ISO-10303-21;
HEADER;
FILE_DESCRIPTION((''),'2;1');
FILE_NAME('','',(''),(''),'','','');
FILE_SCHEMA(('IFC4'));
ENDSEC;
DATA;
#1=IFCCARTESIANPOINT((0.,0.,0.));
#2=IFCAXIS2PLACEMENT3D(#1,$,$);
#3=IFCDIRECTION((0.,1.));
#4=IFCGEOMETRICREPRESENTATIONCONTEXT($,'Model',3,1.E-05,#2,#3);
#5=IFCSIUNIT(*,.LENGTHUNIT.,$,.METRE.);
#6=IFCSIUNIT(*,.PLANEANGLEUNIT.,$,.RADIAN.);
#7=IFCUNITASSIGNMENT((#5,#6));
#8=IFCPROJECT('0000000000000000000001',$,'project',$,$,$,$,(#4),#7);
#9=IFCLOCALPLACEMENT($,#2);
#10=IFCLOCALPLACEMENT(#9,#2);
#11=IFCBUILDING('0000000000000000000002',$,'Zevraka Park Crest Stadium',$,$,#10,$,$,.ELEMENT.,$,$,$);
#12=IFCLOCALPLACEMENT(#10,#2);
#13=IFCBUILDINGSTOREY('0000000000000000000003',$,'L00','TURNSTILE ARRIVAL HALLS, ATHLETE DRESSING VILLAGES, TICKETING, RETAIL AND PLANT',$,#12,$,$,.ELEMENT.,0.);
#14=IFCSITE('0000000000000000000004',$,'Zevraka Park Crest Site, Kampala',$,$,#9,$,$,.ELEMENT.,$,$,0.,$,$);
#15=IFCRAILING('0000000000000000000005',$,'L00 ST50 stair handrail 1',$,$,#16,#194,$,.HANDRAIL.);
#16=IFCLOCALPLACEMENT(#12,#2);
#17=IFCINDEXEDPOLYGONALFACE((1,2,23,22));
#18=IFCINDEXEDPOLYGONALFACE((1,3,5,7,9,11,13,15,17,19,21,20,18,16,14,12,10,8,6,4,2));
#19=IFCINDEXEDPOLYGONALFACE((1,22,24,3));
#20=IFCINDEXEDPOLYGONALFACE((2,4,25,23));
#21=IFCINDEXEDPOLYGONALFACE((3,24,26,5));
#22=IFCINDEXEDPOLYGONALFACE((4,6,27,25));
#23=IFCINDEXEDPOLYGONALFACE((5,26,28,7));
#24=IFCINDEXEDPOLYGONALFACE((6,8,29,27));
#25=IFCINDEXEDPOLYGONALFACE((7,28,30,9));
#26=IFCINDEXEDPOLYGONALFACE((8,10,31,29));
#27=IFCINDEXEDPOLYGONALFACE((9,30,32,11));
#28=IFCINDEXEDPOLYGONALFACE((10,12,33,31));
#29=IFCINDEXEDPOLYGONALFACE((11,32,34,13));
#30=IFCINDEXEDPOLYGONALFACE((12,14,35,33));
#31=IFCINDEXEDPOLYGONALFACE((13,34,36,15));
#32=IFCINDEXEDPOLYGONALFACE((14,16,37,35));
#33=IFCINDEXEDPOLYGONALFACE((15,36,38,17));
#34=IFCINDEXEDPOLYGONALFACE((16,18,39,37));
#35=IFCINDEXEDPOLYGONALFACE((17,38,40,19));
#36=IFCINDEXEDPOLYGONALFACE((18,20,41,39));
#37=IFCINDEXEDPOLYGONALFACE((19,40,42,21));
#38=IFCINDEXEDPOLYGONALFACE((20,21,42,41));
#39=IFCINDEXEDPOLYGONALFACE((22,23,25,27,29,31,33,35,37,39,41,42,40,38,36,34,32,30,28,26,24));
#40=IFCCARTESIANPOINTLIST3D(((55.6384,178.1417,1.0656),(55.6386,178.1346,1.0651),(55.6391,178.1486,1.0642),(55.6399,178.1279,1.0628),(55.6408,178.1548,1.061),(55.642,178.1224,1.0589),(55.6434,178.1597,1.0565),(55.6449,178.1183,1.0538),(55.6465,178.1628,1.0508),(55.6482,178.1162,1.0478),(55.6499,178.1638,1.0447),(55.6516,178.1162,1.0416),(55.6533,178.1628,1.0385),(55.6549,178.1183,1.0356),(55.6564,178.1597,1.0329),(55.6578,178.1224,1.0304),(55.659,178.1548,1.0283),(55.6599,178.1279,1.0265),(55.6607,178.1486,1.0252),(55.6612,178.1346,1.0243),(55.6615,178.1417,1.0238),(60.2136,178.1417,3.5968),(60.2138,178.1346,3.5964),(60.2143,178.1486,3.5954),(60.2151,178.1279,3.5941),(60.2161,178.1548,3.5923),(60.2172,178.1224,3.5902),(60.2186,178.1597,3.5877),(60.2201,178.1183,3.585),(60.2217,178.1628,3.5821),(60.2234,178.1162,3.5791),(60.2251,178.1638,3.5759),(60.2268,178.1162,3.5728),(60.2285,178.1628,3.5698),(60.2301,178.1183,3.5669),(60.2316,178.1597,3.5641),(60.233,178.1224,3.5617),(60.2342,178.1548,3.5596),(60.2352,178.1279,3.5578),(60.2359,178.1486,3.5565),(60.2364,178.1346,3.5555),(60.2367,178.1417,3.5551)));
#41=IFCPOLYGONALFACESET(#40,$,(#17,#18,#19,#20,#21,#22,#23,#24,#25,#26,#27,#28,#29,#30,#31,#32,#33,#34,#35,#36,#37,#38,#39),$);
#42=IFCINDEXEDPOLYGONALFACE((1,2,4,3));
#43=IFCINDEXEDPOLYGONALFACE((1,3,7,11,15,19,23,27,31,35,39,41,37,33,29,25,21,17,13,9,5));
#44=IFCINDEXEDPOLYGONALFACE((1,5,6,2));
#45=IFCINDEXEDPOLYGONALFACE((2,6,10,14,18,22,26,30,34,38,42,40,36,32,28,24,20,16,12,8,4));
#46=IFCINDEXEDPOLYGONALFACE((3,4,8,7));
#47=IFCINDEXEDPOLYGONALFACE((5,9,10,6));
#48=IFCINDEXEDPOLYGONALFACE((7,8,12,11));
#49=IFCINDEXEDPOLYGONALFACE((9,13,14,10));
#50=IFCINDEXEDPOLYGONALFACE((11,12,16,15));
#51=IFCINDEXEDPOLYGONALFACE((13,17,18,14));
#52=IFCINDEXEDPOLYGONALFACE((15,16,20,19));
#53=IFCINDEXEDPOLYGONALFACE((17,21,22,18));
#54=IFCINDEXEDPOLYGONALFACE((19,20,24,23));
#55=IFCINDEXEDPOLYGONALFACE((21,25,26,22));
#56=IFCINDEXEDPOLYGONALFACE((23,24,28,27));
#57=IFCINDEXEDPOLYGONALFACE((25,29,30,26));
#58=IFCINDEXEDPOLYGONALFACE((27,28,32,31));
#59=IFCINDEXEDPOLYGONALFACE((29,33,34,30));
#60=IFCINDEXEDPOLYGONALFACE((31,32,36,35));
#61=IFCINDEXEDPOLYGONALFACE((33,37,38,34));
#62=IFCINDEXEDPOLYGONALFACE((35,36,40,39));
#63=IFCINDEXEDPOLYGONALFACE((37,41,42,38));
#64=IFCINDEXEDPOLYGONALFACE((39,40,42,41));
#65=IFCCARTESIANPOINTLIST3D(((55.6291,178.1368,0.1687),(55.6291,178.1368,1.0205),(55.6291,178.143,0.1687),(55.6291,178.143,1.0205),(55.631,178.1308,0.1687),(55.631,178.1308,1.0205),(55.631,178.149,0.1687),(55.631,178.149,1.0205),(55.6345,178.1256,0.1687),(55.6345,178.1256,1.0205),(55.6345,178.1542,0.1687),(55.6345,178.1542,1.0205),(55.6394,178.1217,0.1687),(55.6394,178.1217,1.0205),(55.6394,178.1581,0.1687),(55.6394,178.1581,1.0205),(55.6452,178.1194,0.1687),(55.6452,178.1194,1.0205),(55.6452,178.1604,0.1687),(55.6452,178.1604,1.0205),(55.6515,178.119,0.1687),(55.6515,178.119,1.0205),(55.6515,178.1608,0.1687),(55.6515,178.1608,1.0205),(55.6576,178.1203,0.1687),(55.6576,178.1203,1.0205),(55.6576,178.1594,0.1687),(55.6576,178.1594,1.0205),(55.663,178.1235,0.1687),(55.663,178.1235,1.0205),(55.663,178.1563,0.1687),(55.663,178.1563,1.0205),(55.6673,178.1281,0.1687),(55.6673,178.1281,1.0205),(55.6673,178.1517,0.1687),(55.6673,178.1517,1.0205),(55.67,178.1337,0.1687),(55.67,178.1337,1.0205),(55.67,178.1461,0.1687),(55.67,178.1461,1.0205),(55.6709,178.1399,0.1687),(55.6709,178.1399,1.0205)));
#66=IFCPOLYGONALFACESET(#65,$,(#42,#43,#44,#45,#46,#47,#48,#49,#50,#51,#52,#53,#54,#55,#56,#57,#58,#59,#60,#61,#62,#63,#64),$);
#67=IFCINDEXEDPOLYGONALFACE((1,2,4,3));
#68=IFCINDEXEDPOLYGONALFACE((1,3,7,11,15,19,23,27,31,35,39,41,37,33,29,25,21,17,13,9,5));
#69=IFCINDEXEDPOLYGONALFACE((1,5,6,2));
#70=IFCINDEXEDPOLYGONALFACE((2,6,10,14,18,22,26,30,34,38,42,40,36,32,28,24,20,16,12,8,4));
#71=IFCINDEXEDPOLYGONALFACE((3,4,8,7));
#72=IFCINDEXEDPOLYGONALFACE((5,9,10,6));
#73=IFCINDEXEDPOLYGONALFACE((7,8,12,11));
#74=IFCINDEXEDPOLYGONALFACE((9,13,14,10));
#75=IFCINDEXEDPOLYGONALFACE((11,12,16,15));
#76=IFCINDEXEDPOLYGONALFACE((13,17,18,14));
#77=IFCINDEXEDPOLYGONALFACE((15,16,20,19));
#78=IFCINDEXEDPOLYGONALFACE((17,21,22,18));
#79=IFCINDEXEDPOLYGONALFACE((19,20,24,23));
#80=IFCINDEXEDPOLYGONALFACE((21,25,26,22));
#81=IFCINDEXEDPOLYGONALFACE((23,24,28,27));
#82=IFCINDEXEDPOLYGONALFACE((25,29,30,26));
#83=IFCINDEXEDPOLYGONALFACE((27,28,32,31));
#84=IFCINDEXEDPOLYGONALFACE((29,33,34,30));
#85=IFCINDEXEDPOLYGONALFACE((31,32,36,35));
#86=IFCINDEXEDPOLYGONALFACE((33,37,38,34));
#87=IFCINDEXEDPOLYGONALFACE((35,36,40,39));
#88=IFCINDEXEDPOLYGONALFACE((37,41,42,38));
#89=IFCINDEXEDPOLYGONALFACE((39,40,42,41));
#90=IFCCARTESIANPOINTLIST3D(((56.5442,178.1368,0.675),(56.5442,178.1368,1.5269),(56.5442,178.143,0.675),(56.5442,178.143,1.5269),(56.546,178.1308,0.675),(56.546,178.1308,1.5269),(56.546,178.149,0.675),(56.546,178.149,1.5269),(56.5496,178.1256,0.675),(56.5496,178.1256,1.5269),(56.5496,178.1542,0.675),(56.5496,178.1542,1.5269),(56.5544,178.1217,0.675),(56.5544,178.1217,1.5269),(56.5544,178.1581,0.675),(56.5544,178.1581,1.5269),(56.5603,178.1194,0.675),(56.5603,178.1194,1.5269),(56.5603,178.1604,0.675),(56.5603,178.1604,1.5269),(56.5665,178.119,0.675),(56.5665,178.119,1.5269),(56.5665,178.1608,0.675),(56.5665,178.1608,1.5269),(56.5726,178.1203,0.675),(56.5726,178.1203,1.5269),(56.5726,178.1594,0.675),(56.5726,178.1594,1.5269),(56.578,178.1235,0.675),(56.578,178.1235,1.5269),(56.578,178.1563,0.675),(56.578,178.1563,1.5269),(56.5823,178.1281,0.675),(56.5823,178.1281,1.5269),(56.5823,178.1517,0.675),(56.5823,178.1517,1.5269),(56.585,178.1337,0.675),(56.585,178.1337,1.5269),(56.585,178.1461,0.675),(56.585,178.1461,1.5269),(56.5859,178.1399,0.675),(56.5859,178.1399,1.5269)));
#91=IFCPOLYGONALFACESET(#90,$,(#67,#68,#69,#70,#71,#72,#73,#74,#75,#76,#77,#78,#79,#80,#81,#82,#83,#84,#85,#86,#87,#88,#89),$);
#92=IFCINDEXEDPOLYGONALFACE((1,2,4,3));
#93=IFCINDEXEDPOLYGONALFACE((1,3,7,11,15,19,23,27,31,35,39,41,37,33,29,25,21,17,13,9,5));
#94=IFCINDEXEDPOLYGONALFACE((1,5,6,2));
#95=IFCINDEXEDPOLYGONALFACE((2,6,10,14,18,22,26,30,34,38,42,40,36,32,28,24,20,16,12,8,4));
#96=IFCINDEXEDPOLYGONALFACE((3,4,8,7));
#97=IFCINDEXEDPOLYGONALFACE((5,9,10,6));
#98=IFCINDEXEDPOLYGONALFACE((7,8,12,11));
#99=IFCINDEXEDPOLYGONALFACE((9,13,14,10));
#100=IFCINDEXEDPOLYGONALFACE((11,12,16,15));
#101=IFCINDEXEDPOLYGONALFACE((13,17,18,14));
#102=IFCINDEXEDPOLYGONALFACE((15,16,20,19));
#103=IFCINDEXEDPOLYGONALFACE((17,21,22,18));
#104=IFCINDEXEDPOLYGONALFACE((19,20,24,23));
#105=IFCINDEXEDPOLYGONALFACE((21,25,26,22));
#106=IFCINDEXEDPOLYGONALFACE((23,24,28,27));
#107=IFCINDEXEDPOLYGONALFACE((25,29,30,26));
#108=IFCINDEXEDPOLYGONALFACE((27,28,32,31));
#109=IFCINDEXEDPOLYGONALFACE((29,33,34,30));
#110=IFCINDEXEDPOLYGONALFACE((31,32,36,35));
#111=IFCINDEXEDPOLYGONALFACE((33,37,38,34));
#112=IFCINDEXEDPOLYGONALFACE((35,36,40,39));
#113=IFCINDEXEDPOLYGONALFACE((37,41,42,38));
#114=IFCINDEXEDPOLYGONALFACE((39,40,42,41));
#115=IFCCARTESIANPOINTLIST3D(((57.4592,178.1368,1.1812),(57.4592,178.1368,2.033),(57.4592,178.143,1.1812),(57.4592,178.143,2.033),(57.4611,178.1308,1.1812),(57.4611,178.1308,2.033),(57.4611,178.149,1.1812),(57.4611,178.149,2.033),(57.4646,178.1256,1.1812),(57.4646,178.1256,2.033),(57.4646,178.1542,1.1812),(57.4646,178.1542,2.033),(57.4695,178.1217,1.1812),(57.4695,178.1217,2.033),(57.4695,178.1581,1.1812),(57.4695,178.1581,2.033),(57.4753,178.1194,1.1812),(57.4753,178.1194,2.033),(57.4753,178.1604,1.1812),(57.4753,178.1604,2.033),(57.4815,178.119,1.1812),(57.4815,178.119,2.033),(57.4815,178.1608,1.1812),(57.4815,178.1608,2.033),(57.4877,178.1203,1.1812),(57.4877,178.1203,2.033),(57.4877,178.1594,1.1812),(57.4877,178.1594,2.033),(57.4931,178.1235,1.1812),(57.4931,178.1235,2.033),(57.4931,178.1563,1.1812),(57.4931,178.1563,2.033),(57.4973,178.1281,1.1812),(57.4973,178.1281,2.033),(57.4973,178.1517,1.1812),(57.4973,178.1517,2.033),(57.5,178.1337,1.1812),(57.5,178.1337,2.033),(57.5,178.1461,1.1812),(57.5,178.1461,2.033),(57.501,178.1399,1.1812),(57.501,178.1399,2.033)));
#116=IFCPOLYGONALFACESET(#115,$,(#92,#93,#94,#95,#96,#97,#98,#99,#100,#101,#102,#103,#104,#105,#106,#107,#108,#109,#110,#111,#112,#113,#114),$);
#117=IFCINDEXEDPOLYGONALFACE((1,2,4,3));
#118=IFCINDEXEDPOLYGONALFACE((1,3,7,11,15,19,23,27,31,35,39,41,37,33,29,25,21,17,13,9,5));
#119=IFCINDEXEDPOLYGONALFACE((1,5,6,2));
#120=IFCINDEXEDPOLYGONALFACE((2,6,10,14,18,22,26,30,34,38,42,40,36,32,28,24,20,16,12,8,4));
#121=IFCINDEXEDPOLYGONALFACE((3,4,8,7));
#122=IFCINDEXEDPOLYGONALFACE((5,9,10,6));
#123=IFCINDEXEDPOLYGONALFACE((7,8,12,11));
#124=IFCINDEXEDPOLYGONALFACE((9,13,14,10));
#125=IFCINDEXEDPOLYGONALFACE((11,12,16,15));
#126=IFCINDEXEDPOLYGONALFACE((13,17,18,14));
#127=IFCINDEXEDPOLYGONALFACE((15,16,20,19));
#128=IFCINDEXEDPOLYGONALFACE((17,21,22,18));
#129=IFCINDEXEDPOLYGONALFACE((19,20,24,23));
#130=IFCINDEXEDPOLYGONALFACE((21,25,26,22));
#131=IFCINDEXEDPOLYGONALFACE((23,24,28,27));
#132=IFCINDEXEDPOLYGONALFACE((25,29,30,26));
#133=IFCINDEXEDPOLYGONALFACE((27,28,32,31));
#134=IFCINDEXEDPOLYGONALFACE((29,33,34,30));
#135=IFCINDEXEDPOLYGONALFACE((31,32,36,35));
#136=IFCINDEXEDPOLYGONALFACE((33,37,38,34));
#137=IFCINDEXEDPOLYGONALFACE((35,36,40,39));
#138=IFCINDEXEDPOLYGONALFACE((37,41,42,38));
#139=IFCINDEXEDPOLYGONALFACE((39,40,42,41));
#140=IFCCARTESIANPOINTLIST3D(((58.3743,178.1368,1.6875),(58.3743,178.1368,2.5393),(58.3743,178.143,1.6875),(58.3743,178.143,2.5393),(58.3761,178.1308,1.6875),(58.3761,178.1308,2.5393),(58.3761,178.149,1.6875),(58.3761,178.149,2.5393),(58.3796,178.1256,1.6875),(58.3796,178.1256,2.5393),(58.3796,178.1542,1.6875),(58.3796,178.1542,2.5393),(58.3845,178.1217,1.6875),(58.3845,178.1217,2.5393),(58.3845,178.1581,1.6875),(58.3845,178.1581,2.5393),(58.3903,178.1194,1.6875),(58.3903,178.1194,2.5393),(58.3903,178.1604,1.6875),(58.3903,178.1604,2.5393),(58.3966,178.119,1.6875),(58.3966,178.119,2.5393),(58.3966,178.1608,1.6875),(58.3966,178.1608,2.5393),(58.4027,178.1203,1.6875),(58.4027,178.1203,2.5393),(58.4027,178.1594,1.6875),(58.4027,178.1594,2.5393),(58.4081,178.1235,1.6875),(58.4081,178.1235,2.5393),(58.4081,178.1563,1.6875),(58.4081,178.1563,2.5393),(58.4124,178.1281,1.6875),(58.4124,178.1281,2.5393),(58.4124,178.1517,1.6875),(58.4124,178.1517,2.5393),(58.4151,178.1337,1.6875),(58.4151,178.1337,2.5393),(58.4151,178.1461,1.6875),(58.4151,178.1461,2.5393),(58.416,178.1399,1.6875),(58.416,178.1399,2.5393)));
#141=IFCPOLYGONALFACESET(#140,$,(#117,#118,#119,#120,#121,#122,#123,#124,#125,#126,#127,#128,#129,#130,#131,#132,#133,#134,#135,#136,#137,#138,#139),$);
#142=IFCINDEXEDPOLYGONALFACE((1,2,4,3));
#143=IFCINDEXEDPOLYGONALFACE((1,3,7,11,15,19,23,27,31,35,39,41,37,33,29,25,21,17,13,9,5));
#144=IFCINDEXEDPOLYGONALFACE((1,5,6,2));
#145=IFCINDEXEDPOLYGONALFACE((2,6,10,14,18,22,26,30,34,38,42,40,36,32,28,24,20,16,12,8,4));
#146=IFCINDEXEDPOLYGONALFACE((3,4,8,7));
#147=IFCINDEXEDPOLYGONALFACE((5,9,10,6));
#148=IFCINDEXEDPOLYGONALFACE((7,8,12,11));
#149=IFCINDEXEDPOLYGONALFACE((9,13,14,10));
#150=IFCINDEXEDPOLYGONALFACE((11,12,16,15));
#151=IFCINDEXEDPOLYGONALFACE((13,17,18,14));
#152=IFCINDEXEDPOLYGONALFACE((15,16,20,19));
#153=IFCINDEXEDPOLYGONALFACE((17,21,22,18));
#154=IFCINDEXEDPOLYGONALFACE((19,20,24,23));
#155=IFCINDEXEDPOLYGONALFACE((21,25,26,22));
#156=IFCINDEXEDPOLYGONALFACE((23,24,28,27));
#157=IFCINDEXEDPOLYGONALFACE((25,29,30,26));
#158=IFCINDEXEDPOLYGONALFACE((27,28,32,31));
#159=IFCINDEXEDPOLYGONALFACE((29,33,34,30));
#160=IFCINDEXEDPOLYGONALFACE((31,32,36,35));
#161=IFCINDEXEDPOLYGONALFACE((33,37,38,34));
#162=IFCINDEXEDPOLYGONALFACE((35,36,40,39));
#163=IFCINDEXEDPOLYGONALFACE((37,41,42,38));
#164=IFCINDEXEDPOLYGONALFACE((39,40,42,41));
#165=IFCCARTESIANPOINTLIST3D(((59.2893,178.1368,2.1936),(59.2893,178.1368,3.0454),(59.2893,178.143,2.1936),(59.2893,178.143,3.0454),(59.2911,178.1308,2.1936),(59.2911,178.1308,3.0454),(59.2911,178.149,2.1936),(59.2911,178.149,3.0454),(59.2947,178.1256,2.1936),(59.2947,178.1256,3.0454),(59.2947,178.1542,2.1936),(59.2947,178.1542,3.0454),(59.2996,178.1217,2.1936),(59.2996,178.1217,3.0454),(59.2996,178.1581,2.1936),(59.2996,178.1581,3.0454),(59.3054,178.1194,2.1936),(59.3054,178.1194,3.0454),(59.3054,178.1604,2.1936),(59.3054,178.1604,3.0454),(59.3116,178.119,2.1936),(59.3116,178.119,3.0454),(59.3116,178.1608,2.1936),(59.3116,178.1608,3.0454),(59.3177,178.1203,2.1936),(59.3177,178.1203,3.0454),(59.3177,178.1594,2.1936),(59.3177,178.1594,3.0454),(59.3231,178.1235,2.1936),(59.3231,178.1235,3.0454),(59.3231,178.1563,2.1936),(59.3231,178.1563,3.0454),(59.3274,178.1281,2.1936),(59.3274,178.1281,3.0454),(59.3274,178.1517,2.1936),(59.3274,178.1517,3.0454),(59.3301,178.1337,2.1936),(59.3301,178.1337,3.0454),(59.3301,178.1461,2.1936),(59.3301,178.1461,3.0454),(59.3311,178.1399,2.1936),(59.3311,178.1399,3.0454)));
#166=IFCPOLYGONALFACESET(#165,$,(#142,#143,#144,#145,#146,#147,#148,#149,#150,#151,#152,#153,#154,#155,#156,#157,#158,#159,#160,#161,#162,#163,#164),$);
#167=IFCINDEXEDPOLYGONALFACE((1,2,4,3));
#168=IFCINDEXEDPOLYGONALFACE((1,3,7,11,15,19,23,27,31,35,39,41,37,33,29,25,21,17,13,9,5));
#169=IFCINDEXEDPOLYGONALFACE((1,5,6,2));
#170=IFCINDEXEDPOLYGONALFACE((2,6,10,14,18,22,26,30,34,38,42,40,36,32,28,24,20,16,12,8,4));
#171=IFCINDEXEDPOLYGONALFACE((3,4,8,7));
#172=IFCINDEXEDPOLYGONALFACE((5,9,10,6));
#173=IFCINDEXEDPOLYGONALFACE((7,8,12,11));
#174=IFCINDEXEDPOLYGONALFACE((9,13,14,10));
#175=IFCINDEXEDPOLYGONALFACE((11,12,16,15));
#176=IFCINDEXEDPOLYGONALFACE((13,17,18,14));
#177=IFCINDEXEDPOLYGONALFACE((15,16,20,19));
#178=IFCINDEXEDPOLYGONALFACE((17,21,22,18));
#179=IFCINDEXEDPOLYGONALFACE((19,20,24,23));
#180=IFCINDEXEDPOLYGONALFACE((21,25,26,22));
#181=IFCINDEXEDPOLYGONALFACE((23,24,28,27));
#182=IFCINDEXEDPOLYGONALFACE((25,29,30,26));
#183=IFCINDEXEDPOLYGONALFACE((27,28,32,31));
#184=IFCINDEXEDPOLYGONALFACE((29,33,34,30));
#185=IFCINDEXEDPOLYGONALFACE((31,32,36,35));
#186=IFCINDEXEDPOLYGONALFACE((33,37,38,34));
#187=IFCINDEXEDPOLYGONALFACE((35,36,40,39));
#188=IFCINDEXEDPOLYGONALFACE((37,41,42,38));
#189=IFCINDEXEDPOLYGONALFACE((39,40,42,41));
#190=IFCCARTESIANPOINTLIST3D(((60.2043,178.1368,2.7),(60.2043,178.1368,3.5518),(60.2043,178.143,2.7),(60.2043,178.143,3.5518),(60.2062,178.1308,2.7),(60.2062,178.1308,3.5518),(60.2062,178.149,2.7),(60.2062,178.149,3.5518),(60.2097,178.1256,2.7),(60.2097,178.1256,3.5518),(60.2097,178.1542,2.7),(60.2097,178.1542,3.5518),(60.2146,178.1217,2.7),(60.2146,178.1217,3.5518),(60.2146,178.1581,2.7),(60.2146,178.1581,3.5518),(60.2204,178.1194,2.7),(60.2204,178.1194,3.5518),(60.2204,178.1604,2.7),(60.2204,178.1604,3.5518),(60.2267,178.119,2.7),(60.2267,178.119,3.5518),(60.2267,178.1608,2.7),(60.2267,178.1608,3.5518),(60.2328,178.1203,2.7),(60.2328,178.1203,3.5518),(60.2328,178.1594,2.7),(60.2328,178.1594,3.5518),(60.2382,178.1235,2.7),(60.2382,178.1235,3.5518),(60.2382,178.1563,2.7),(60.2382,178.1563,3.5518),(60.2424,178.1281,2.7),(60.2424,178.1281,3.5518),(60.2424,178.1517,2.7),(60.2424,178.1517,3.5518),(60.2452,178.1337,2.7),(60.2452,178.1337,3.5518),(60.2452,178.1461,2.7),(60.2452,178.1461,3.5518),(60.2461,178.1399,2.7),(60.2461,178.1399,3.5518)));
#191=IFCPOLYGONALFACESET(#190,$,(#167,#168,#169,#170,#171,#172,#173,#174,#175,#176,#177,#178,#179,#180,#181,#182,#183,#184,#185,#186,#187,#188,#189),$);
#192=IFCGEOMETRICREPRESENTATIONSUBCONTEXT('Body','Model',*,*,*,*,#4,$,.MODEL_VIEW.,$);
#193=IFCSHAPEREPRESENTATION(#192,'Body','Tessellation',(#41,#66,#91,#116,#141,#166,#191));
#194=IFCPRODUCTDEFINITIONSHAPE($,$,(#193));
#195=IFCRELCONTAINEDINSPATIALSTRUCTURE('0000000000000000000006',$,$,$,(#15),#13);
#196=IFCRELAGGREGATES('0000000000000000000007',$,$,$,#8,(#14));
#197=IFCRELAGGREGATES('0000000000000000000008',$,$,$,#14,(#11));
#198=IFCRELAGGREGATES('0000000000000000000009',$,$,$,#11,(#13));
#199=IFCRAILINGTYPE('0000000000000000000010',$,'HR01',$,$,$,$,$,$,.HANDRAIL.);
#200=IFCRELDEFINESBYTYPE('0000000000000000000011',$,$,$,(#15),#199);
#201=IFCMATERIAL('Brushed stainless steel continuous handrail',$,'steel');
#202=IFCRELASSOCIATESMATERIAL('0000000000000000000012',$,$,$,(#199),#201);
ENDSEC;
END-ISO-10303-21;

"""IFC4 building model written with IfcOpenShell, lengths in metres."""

from ifc_helpers import new_model, si_unit, direction, frame, origin, origin_2d, place, context, subcontext, project, spatial, circle, extrude, material, type_object, element, save


model = new_model("IFC4")

# Units and contexts
model_context = context("Model", 3, precision=1e-05, world=origin(), true_north=direction((0.0, 1.0)))
body_context = subcontext(model_context, "Body", "Model", "MODEL_VIEW")
ifc_project = project(units=[si_unit("LENGTHUNIT", "METRE"), si_unit("PLANEANGLEUNIT", "RADIAN")], contexts=[model_context])

# Site, building, storey
site_placement = place(None, origin())
site = spatial("IfcSite", under=ifc_project, at=site_placement, Name="Zevraka Park Crest Site, Kampala", CompositionType="ELEMENT", RefElevation=0.0)
building_placement = place(site_placement, origin())
building = spatial("IfcBuilding", under=site, at=building_placement, Name="Zevraka Park Crest Stadium", CompositionType="ELEMENT")
storey_placement = place(building_placement, origin())
storey = spatial("IfcBuildingStorey", under=building, at=storey_placement, Name="L00", Description="TURNSTILE ARRIVAL HALLS, ATHLETE DRESSING VILLAGES, TICKETING, RETAIL AND PLANT", CompositionType="ELEMENT", Elevation=0.0)

# Railing
ifc_material_1 = material(Name="Brushed stainless steel continuous handrail", Category="steel")
railing_type_1 = type_object("IfcRailingType", Name="HR01", PredefinedType="HANDRAIL", material=ifc_material_1)
railing_1_placement = place(storey_placement, frame((55.6499, 178.1399, 0.1687)))
element("IfcRailing", 1, at=railing_1_placement, inside=storey, type_object=railing_type_1, Name="L00 ST50 stair handrail 1", PredefinedType="HANDRAIL", context=body_context, shape_type="SweptSolid", body=[
    extrude(circle(Radius=0.0239, at=origin_2d()), frame((0.0, 0.0, 0.876), z_axis=(0.87501, 0.0, 0.484104), x_axis=(0.0, 1.0, 0.0)), (0.0, 0.0, 1.0), 5.2288),
    extrude(circle(Radius=0.021, at=origin_2d()), origin(), (0.0, 0.0, 1.0), 0.8518),
    extrude(circle(Radius=0.021, at=origin_2d()), frame((0.915, 0.0, 0.5063)), (0.0, 0.0, 1.0), 0.8518),
    extrude(circle(Radius=0.021, at=origin_2d()), frame((1.8301, 0.0, 1.0125)), (0.0, 0.0, 1.0), 0.8518),
    extrude(circle(Radius=0.021, at=origin_2d()), frame((2.7451, 0.0, 1.5188)), (0.0, 0.0, 1.0), 0.8518),
    extrude(circle(Radius=0.021, at=origin_2d()), frame((3.6602, 0.0, 2.0249)), (0.0, 0.0, 1.0), 0.8518),
    extrude(circle(Radius=0.021, at=origin_2d()), frame((4.5752, 0.0, 2.5312)), (0.0, 0.0, 1.0), 0.8518),
])

save(model, "model.ifc")
